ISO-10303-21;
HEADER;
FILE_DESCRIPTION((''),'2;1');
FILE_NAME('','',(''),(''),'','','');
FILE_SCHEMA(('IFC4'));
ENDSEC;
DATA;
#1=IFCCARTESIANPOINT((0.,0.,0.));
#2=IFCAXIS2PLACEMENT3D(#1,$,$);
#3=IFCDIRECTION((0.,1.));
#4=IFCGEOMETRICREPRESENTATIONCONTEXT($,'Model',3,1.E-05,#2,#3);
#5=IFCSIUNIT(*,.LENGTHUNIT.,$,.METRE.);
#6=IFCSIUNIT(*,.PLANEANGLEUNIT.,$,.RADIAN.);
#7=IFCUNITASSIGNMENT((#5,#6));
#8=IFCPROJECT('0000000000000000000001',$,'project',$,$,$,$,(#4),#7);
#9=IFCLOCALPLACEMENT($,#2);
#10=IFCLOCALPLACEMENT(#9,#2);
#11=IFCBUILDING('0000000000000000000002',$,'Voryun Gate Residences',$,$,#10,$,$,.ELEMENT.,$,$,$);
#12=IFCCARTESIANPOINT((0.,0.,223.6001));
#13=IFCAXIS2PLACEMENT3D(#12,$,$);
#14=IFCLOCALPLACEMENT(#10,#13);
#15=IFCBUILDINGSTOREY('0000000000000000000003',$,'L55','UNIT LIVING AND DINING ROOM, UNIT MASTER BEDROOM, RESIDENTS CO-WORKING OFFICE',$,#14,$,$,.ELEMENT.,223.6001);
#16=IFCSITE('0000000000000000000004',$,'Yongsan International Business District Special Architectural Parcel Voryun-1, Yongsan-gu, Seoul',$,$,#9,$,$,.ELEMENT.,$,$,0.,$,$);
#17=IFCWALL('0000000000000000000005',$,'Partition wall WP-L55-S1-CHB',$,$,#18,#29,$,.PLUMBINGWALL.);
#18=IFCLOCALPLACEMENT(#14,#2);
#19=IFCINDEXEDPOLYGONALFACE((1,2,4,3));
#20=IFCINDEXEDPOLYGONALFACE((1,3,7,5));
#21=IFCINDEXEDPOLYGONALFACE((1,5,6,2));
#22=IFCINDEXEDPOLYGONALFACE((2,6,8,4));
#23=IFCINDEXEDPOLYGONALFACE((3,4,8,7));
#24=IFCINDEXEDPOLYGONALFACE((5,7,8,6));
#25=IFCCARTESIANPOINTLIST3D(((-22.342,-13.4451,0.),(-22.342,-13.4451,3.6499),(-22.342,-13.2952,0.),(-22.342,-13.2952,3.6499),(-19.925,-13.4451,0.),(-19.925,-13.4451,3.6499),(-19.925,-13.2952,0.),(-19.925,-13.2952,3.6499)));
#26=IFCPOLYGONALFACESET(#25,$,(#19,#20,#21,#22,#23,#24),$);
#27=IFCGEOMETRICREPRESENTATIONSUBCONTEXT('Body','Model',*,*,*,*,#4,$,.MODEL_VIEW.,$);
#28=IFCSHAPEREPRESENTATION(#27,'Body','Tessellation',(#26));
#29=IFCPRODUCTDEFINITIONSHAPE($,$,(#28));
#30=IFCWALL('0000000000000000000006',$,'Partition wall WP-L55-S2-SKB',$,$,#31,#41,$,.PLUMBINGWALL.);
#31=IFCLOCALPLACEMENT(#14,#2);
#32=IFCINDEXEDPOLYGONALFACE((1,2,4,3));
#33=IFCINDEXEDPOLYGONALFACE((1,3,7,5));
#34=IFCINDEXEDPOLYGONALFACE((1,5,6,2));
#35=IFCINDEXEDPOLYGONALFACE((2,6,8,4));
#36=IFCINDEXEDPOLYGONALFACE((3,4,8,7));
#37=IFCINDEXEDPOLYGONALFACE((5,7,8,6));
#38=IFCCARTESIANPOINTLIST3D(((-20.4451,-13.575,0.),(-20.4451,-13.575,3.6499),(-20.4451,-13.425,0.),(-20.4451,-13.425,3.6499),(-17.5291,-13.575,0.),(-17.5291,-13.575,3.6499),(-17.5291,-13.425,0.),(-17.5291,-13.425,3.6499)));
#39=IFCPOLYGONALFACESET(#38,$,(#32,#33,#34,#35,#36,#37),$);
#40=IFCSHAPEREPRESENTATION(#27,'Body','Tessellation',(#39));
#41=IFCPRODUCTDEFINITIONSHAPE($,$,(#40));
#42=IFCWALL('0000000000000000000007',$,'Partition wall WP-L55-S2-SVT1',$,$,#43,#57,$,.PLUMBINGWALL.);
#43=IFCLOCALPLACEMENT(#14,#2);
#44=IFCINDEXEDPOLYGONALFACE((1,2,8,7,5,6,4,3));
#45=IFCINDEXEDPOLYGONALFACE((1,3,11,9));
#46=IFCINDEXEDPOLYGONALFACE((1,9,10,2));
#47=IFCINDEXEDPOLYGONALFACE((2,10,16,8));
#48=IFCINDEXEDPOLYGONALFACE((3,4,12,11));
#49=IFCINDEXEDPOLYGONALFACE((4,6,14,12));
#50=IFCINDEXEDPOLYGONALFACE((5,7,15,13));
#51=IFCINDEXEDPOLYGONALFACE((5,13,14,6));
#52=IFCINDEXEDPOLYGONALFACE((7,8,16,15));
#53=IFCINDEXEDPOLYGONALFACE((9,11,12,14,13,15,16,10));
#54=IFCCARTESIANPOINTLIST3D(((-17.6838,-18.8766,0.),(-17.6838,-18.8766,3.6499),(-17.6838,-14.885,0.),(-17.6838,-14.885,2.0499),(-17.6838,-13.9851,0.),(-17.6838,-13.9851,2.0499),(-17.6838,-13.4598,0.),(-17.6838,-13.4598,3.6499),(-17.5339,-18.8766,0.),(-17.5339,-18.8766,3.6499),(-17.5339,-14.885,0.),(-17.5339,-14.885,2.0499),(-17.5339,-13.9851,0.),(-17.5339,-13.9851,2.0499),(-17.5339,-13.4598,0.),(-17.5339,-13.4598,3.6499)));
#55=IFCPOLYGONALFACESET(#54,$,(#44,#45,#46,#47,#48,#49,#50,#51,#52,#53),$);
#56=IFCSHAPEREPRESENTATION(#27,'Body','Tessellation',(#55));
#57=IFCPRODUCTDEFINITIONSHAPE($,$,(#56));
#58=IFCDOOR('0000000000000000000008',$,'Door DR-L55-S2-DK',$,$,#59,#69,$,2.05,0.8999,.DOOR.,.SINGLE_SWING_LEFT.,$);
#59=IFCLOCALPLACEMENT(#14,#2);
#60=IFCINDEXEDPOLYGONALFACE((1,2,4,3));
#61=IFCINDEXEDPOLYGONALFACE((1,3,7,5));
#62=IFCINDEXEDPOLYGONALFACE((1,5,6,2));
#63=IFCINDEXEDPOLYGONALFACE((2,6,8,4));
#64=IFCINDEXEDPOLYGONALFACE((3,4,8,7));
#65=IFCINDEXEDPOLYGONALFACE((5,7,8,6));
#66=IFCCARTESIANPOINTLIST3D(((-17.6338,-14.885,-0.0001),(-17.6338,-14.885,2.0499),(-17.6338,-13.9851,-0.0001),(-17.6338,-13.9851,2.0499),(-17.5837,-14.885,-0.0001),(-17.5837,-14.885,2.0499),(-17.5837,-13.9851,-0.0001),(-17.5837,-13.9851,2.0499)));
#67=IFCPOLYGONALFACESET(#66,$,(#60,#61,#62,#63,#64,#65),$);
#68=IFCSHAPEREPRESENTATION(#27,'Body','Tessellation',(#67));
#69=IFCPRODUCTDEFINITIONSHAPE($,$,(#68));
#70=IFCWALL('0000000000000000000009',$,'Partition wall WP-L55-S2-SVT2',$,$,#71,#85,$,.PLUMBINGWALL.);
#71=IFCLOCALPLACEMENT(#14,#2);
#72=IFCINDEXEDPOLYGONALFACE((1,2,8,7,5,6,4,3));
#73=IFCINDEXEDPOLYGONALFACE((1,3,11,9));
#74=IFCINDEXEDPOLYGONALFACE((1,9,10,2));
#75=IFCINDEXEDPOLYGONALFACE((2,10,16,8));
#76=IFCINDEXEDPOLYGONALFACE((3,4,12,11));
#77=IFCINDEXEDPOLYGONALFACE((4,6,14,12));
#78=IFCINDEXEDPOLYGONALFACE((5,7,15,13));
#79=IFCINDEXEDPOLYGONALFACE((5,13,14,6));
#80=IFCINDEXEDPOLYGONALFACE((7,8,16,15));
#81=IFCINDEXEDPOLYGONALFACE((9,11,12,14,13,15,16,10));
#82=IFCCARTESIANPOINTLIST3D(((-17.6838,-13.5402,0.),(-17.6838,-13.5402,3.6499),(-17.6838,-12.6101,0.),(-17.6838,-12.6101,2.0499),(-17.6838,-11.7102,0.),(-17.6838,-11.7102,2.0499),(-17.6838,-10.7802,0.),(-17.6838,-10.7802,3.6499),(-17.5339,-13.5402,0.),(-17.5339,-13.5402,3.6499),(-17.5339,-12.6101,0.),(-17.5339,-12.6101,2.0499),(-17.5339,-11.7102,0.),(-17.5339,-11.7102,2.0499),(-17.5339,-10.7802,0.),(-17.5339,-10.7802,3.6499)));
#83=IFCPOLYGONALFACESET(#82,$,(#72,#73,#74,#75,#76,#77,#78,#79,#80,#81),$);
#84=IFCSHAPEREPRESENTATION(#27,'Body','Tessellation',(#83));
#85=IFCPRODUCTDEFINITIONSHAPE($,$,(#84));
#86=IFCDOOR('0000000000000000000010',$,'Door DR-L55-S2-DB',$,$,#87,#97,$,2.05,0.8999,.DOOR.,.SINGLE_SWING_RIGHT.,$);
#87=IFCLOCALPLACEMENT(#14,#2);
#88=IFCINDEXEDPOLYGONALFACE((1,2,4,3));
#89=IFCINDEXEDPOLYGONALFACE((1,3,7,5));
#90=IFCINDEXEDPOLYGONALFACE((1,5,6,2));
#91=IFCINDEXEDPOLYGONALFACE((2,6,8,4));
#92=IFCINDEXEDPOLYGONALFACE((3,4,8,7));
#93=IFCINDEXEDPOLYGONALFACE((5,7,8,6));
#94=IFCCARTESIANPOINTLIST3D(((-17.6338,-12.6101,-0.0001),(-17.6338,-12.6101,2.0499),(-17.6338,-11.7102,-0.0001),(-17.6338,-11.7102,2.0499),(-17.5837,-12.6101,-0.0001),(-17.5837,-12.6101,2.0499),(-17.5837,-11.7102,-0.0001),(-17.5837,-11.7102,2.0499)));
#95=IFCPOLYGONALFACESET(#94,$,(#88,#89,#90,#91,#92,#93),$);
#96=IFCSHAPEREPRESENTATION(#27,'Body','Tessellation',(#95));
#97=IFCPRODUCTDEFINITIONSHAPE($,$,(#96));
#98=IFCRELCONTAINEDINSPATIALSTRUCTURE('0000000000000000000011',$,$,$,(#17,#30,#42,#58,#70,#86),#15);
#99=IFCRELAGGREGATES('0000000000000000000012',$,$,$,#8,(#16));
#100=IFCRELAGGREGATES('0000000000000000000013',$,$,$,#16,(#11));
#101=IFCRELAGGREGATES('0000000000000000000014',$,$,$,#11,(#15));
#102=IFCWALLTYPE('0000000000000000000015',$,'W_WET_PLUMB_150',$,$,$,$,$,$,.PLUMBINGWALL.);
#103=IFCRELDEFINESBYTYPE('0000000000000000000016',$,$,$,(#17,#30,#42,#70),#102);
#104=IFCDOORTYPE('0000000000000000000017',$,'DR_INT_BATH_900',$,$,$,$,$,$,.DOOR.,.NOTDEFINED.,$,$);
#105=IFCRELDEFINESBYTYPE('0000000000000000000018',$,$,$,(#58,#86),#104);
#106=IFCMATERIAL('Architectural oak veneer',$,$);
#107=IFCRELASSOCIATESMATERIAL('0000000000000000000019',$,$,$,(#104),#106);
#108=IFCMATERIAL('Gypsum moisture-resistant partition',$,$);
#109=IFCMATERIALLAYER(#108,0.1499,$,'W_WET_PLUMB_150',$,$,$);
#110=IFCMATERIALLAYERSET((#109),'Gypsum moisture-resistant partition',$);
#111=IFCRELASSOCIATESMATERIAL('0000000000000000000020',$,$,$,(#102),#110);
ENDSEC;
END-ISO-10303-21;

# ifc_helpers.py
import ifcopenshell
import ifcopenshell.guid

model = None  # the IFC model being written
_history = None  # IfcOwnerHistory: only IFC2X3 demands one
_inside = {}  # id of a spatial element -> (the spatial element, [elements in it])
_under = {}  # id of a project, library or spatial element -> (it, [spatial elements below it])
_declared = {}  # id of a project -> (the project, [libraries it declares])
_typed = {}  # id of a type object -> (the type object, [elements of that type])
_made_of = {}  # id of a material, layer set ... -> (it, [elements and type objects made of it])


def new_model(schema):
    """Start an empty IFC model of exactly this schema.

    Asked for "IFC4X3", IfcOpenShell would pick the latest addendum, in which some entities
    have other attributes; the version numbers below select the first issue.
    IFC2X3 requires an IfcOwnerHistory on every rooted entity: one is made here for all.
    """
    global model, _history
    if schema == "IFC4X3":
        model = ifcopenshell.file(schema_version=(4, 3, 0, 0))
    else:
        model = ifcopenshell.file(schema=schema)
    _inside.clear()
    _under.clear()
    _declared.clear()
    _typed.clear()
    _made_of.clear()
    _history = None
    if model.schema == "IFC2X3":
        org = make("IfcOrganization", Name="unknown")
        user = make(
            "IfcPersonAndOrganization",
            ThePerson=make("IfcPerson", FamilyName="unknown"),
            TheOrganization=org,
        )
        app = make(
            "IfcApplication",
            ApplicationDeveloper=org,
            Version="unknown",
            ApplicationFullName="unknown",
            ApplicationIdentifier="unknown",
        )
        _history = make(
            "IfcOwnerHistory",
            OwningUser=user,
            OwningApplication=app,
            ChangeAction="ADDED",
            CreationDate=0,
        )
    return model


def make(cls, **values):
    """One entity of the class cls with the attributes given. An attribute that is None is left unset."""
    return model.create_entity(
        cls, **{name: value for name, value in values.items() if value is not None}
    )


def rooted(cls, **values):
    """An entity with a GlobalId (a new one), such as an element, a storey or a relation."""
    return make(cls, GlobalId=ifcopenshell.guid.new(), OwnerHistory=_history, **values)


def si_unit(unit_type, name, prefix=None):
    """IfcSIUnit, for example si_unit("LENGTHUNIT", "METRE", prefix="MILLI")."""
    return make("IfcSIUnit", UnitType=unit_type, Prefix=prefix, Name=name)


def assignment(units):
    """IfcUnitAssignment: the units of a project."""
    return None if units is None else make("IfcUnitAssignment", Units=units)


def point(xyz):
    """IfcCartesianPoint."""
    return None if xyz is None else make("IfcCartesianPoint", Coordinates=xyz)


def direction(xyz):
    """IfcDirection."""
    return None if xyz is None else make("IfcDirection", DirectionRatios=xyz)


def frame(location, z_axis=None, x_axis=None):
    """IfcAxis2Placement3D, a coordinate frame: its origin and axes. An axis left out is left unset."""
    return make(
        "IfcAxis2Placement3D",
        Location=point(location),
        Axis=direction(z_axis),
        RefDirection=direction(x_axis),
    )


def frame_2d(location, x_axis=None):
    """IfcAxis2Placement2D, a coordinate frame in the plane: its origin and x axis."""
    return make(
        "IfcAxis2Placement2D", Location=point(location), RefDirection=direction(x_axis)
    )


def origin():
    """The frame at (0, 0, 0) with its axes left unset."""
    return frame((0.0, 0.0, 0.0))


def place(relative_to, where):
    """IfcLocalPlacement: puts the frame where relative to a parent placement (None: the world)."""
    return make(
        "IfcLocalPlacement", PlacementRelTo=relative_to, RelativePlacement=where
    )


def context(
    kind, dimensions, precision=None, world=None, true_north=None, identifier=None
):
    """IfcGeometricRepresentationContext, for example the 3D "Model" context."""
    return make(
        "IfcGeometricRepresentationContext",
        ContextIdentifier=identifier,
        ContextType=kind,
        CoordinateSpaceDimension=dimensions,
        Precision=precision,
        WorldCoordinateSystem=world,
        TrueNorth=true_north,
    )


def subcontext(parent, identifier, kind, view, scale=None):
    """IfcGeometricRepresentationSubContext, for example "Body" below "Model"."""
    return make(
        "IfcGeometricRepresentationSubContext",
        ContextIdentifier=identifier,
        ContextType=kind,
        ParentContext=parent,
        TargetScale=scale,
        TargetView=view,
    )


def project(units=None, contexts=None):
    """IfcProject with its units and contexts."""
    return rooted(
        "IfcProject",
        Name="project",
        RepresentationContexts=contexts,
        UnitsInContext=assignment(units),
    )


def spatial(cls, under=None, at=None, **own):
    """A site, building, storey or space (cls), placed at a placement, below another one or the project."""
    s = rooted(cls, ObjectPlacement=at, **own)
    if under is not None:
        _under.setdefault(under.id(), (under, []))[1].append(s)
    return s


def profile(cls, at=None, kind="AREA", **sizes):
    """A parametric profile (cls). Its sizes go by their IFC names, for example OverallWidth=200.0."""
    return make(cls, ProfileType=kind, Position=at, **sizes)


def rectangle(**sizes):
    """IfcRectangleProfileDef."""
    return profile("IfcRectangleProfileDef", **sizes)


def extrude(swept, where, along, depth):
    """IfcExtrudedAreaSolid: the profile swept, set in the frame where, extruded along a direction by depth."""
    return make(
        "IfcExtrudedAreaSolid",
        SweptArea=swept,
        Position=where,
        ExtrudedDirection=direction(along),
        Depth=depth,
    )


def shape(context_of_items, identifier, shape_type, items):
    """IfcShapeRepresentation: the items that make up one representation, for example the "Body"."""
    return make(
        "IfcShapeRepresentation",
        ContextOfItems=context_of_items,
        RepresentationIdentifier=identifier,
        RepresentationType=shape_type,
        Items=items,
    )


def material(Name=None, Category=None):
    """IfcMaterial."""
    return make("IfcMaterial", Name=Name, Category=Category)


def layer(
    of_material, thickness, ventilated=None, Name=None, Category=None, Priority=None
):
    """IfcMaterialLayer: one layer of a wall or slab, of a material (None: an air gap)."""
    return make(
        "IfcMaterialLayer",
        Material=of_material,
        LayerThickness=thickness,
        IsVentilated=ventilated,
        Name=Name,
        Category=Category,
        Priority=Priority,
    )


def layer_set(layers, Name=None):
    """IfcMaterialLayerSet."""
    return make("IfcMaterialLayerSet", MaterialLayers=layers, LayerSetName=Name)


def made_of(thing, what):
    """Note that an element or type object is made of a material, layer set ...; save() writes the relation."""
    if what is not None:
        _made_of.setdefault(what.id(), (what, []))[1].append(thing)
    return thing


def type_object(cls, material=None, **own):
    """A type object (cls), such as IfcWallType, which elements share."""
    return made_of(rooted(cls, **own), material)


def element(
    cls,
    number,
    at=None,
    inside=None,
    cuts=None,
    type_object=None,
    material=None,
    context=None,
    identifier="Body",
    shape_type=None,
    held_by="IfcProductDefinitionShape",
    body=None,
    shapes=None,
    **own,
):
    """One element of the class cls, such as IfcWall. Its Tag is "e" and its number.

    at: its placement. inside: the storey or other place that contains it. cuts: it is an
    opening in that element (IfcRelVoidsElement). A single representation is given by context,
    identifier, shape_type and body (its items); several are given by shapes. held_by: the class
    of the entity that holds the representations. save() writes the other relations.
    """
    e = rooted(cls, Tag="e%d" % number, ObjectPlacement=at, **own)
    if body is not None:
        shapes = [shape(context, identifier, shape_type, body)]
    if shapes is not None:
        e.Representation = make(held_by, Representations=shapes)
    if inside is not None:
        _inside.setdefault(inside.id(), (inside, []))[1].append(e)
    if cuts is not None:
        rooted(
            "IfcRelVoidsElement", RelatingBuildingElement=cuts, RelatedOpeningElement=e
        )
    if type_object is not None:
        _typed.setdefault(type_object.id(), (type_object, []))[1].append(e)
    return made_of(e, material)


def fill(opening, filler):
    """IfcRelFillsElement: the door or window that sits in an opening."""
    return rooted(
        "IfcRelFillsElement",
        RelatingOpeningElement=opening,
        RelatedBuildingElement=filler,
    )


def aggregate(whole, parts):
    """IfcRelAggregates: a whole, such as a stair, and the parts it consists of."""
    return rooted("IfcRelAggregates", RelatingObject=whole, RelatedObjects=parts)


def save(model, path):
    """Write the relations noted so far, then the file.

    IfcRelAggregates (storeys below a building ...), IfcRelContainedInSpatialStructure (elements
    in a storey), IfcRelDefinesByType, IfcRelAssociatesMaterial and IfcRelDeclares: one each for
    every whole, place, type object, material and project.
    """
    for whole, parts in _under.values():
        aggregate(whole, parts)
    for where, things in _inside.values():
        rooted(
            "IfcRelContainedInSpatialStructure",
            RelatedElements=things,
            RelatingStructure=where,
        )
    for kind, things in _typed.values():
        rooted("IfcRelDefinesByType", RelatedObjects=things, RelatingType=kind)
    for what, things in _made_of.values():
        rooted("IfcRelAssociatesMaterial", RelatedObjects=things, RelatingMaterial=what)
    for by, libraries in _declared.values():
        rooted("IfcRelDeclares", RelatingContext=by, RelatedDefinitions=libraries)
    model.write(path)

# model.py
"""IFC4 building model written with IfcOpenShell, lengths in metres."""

from ifc_helpers import new_model, si_unit, direction, frame, frame_2d, origin, place, context, subcontext, project, spatial, rectangle, extrude, material, layer, layer_set, type_object, element, fill, save


model = new_model("IFC4")

# Units and contexts
model_context = context("Model", 3, precision=1e-05, world=origin(), true_north=direction((0.0, 1.0)))
body_context = subcontext(model_context, "Body", "Model", "MODEL_VIEW")
ifc_project = project(units=[si_unit("LENGTHUNIT", "METRE"), si_unit("PLANEANGLEUNIT", "RADIAN")], contexts=[model_context])

# Site, building, storey
site_placement = place(None, origin())
site = spatial("IfcSite", under=ifc_project, at=site_placement, Name="Yongsan International Business District Special Architectural Parcel Voryun-1, Yongsan-gu, Seoul", CompositionType="ELEMENT", RefElevation=0.0)
building_placement = place(site_placement, origin())
building = spatial("IfcBuilding", under=site, at=building_placement, Name="Voryun Gate Residences", CompositionType="ELEMENT")
storey_placement = place(building_placement, frame((0.0, 0.0, 223.6001)))
storey = spatial("IfcBuildingStorey", under=building, at=storey_placement, Name="L55", Description="UNIT LIVING AND DINING ROOM, UNIT MASTER BEDROOM, RESIDENTS CO-WORKING OFFICE", CompositionType="ELEMENT", Elevation=223.6001)

# Shared definitions
ifc_material_1 = material(Name="Architectural oak veneer")
door_type_1 = type_object("IfcDoorType", Name="DR_INT_BATH_900", OperationType="NOTDEFINED", PredefinedType="DOOR", material=ifc_material_1)

# Shared definitions
ifc_material_2 = material(Name="Gypsum moisture-resistant partition")
ifc_layer_1 = layer(ifc_material_2, 0.1499, Name="W_WET_PLUMB_150")
ifc_layer_set_1 = layer_set([ifc_layer_1], Name="Gypsum moisture-resistant partition")
wall_type_1 = type_object("IfcWallType", Name="W_WET_PLUMB_150", PredefinedType="PLUMBINGWALL", material=ifc_layer_set_1)

# Walls
wall_1_placement = place(storey_placement, frame((-22.342, -13.3701, 0.0), z_axis=(0.0, 0.0, 1.0), x_axis=(1.0, 0.0, 0.0)))
element("IfcWall", 1, at=wall_1_placement, inside=storey, type_object=wall_type_1, Name="Partition wall WP-L55-S1-CHB", PredefinedType="PLUMBINGWALL", context=body_context, shape_type="SweptSolid", body=[
    extrude(rectangle(XDim=2.417, YDim=0.1499, at=frame_2d((1.2085, 0.0))), origin(), (0.0, 0.0, 1.0), 3.6499),
])
wall_2_placement = place(storey_placement, frame((-20.4451, -13.5, 0.0), z_axis=(0.0, 0.0, 1.0), x_axis=(1.0, 0.0, 0.0)))
element("IfcWall", 2, at=wall_2_placement, inside=storey, type_object=wall_type_1, Name="Partition wall WP-L55-S2-SKB", PredefinedType="PLUMBINGWALL", context=body_context, shape_type="SweptSolid", body=[
    extrude(rectangle(XDim=2.916, YDim=0.1499, at=frame_2d((1.458, 0.0))), origin(), (0.0, 0.0, 1.0), 3.6499),
])

# Walls, openings, doors
wall_3_placement = place(storey_placement, frame((-17.6089, -18.8767, 0.0), z_axis=(0.0, 0.0, 1.0), x_axis=(0.0, 1.0, 0.0)))
wall_3 = element("IfcWall", 3, at=wall_3_placement, inside=storey, type_object=wall_type_1, Name="Partition wall WP-L55-S2-SVT1", PredefinedType="PLUMBINGWALL", context=body_context, shape_type="SweptSolid", body=[
    extrude(rectangle(XDim=5.4167, YDim=0.1499, at=frame_2d((2.7085, 0.0))), origin(), (0.0, 0.0, 1.0), 3.6499),
])
opening_1_placement = place(wall_3_placement, frame((3.9917, 0.0, 0.0)))
opening_1 = element("IfcOpeningElement", 4, at=opening_1_placement, cuts=wall_3, PredefinedType="OPENING", context=body_context, shape_type="SweptSolid", body=[
    extrude(rectangle(XDim=0.8999, YDim=2.05, at=frame_2d((0.45, 1.0249))), frame((0.0, 0.085, 0.0), z_axis=(0.0, -1.0, 0.0), x_axis=(1.0, 0.0, 0.0)), (0.0, 0.0, 1.0), 0.1699),
])
door_1_placement = place(opening_1_placement, origin())
door_1 = element("IfcDoor", 5, at=door_1_placement, inside=storey, type_object=door_type_1, Name="Door DR-L55-S2-DK", OperationType="SINGLE_SWING_LEFT", OverallHeight=2.05, OverallWidth=0.8999, PredefinedType="DOOR", context=body_context, shape_type="SweptSolid", body=[
    extrude(rectangle(XDim=0.8999, YDim=2.05, at=frame_2d((0.45, 1.0249))), frame((0.0, 0.0249, 0.0), z_axis=(0.0, -1.0, 0.0), x_axis=(1.0, 0.0, 0.0)), (0.0, 0.0, 1.0), 0.05),
])
fill(opening_1, door_1)
wall_4_placement = place(storey_placement, frame((-17.6089, -13.54, 0.0), z_axis=(0.0, 0.0, 1.0), x_axis=(0.0, 1.0, 0.0)))
wall_4 = element("IfcWall", 6, at=wall_4_placement, inside=storey, type_object=wall_type_1, Name="Partition wall WP-L55-S2-SVT2", PredefinedType="PLUMBINGWALL", context=body_context, shape_type="SweptSolid", body=[
    extrude(rectangle(XDim=2.76, YDim=0.1499, at=frame_2d((1.3799, 0.0))), origin(), (0.0, 0.0, 1.0), 3.6499),
])
opening_2_placement = place(wall_4_placement, frame((0.9299, 0.0, 0.0)))
opening_2 = element("IfcOpeningElement", 7, at=opening_2_placement, cuts=wall_4, PredefinedType="OPENING", context=body_context, shape_type="SweptSolid", body=[
    extrude(rectangle(XDim=0.8999, YDim=2.05, at=frame_2d((0.45, 1.0249))), frame((0.0, 0.085, 0.0), z_axis=(0.0, -1.0, 0.0), x_axis=(1.0, 0.0, 0.0)), (0.0, 0.0, 1.0), 0.1699),
])
door_2_placement = place(opening_2_placement, origin())
door_2 = element("IfcDoor", 8, at=door_2_placement, inside=storey, type_object=door_type_1, Name="Door DR-L55-S2-DB", OperationType="SINGLE_SWING_RIGHT", OverallHeight=2.05, OverallWidth=0.8999, PredefinedType="DOOR", context=body_context, shape_type="SweptSolid", body=[
    extrude(rectangle(XDim=0.8999, YDim=2.05, at=frame_2d((0.45, 1.0249))), frame((0.0, 0.0249, 0.0), z_axis=(0.0, -1.0, 0.0), x_axis=(1.0, 0.0, 0.0)), (0.0, 0.0, 1.0), 0.05),
])
fill(opening_2, door_2)

save(model, "model.ifc")
